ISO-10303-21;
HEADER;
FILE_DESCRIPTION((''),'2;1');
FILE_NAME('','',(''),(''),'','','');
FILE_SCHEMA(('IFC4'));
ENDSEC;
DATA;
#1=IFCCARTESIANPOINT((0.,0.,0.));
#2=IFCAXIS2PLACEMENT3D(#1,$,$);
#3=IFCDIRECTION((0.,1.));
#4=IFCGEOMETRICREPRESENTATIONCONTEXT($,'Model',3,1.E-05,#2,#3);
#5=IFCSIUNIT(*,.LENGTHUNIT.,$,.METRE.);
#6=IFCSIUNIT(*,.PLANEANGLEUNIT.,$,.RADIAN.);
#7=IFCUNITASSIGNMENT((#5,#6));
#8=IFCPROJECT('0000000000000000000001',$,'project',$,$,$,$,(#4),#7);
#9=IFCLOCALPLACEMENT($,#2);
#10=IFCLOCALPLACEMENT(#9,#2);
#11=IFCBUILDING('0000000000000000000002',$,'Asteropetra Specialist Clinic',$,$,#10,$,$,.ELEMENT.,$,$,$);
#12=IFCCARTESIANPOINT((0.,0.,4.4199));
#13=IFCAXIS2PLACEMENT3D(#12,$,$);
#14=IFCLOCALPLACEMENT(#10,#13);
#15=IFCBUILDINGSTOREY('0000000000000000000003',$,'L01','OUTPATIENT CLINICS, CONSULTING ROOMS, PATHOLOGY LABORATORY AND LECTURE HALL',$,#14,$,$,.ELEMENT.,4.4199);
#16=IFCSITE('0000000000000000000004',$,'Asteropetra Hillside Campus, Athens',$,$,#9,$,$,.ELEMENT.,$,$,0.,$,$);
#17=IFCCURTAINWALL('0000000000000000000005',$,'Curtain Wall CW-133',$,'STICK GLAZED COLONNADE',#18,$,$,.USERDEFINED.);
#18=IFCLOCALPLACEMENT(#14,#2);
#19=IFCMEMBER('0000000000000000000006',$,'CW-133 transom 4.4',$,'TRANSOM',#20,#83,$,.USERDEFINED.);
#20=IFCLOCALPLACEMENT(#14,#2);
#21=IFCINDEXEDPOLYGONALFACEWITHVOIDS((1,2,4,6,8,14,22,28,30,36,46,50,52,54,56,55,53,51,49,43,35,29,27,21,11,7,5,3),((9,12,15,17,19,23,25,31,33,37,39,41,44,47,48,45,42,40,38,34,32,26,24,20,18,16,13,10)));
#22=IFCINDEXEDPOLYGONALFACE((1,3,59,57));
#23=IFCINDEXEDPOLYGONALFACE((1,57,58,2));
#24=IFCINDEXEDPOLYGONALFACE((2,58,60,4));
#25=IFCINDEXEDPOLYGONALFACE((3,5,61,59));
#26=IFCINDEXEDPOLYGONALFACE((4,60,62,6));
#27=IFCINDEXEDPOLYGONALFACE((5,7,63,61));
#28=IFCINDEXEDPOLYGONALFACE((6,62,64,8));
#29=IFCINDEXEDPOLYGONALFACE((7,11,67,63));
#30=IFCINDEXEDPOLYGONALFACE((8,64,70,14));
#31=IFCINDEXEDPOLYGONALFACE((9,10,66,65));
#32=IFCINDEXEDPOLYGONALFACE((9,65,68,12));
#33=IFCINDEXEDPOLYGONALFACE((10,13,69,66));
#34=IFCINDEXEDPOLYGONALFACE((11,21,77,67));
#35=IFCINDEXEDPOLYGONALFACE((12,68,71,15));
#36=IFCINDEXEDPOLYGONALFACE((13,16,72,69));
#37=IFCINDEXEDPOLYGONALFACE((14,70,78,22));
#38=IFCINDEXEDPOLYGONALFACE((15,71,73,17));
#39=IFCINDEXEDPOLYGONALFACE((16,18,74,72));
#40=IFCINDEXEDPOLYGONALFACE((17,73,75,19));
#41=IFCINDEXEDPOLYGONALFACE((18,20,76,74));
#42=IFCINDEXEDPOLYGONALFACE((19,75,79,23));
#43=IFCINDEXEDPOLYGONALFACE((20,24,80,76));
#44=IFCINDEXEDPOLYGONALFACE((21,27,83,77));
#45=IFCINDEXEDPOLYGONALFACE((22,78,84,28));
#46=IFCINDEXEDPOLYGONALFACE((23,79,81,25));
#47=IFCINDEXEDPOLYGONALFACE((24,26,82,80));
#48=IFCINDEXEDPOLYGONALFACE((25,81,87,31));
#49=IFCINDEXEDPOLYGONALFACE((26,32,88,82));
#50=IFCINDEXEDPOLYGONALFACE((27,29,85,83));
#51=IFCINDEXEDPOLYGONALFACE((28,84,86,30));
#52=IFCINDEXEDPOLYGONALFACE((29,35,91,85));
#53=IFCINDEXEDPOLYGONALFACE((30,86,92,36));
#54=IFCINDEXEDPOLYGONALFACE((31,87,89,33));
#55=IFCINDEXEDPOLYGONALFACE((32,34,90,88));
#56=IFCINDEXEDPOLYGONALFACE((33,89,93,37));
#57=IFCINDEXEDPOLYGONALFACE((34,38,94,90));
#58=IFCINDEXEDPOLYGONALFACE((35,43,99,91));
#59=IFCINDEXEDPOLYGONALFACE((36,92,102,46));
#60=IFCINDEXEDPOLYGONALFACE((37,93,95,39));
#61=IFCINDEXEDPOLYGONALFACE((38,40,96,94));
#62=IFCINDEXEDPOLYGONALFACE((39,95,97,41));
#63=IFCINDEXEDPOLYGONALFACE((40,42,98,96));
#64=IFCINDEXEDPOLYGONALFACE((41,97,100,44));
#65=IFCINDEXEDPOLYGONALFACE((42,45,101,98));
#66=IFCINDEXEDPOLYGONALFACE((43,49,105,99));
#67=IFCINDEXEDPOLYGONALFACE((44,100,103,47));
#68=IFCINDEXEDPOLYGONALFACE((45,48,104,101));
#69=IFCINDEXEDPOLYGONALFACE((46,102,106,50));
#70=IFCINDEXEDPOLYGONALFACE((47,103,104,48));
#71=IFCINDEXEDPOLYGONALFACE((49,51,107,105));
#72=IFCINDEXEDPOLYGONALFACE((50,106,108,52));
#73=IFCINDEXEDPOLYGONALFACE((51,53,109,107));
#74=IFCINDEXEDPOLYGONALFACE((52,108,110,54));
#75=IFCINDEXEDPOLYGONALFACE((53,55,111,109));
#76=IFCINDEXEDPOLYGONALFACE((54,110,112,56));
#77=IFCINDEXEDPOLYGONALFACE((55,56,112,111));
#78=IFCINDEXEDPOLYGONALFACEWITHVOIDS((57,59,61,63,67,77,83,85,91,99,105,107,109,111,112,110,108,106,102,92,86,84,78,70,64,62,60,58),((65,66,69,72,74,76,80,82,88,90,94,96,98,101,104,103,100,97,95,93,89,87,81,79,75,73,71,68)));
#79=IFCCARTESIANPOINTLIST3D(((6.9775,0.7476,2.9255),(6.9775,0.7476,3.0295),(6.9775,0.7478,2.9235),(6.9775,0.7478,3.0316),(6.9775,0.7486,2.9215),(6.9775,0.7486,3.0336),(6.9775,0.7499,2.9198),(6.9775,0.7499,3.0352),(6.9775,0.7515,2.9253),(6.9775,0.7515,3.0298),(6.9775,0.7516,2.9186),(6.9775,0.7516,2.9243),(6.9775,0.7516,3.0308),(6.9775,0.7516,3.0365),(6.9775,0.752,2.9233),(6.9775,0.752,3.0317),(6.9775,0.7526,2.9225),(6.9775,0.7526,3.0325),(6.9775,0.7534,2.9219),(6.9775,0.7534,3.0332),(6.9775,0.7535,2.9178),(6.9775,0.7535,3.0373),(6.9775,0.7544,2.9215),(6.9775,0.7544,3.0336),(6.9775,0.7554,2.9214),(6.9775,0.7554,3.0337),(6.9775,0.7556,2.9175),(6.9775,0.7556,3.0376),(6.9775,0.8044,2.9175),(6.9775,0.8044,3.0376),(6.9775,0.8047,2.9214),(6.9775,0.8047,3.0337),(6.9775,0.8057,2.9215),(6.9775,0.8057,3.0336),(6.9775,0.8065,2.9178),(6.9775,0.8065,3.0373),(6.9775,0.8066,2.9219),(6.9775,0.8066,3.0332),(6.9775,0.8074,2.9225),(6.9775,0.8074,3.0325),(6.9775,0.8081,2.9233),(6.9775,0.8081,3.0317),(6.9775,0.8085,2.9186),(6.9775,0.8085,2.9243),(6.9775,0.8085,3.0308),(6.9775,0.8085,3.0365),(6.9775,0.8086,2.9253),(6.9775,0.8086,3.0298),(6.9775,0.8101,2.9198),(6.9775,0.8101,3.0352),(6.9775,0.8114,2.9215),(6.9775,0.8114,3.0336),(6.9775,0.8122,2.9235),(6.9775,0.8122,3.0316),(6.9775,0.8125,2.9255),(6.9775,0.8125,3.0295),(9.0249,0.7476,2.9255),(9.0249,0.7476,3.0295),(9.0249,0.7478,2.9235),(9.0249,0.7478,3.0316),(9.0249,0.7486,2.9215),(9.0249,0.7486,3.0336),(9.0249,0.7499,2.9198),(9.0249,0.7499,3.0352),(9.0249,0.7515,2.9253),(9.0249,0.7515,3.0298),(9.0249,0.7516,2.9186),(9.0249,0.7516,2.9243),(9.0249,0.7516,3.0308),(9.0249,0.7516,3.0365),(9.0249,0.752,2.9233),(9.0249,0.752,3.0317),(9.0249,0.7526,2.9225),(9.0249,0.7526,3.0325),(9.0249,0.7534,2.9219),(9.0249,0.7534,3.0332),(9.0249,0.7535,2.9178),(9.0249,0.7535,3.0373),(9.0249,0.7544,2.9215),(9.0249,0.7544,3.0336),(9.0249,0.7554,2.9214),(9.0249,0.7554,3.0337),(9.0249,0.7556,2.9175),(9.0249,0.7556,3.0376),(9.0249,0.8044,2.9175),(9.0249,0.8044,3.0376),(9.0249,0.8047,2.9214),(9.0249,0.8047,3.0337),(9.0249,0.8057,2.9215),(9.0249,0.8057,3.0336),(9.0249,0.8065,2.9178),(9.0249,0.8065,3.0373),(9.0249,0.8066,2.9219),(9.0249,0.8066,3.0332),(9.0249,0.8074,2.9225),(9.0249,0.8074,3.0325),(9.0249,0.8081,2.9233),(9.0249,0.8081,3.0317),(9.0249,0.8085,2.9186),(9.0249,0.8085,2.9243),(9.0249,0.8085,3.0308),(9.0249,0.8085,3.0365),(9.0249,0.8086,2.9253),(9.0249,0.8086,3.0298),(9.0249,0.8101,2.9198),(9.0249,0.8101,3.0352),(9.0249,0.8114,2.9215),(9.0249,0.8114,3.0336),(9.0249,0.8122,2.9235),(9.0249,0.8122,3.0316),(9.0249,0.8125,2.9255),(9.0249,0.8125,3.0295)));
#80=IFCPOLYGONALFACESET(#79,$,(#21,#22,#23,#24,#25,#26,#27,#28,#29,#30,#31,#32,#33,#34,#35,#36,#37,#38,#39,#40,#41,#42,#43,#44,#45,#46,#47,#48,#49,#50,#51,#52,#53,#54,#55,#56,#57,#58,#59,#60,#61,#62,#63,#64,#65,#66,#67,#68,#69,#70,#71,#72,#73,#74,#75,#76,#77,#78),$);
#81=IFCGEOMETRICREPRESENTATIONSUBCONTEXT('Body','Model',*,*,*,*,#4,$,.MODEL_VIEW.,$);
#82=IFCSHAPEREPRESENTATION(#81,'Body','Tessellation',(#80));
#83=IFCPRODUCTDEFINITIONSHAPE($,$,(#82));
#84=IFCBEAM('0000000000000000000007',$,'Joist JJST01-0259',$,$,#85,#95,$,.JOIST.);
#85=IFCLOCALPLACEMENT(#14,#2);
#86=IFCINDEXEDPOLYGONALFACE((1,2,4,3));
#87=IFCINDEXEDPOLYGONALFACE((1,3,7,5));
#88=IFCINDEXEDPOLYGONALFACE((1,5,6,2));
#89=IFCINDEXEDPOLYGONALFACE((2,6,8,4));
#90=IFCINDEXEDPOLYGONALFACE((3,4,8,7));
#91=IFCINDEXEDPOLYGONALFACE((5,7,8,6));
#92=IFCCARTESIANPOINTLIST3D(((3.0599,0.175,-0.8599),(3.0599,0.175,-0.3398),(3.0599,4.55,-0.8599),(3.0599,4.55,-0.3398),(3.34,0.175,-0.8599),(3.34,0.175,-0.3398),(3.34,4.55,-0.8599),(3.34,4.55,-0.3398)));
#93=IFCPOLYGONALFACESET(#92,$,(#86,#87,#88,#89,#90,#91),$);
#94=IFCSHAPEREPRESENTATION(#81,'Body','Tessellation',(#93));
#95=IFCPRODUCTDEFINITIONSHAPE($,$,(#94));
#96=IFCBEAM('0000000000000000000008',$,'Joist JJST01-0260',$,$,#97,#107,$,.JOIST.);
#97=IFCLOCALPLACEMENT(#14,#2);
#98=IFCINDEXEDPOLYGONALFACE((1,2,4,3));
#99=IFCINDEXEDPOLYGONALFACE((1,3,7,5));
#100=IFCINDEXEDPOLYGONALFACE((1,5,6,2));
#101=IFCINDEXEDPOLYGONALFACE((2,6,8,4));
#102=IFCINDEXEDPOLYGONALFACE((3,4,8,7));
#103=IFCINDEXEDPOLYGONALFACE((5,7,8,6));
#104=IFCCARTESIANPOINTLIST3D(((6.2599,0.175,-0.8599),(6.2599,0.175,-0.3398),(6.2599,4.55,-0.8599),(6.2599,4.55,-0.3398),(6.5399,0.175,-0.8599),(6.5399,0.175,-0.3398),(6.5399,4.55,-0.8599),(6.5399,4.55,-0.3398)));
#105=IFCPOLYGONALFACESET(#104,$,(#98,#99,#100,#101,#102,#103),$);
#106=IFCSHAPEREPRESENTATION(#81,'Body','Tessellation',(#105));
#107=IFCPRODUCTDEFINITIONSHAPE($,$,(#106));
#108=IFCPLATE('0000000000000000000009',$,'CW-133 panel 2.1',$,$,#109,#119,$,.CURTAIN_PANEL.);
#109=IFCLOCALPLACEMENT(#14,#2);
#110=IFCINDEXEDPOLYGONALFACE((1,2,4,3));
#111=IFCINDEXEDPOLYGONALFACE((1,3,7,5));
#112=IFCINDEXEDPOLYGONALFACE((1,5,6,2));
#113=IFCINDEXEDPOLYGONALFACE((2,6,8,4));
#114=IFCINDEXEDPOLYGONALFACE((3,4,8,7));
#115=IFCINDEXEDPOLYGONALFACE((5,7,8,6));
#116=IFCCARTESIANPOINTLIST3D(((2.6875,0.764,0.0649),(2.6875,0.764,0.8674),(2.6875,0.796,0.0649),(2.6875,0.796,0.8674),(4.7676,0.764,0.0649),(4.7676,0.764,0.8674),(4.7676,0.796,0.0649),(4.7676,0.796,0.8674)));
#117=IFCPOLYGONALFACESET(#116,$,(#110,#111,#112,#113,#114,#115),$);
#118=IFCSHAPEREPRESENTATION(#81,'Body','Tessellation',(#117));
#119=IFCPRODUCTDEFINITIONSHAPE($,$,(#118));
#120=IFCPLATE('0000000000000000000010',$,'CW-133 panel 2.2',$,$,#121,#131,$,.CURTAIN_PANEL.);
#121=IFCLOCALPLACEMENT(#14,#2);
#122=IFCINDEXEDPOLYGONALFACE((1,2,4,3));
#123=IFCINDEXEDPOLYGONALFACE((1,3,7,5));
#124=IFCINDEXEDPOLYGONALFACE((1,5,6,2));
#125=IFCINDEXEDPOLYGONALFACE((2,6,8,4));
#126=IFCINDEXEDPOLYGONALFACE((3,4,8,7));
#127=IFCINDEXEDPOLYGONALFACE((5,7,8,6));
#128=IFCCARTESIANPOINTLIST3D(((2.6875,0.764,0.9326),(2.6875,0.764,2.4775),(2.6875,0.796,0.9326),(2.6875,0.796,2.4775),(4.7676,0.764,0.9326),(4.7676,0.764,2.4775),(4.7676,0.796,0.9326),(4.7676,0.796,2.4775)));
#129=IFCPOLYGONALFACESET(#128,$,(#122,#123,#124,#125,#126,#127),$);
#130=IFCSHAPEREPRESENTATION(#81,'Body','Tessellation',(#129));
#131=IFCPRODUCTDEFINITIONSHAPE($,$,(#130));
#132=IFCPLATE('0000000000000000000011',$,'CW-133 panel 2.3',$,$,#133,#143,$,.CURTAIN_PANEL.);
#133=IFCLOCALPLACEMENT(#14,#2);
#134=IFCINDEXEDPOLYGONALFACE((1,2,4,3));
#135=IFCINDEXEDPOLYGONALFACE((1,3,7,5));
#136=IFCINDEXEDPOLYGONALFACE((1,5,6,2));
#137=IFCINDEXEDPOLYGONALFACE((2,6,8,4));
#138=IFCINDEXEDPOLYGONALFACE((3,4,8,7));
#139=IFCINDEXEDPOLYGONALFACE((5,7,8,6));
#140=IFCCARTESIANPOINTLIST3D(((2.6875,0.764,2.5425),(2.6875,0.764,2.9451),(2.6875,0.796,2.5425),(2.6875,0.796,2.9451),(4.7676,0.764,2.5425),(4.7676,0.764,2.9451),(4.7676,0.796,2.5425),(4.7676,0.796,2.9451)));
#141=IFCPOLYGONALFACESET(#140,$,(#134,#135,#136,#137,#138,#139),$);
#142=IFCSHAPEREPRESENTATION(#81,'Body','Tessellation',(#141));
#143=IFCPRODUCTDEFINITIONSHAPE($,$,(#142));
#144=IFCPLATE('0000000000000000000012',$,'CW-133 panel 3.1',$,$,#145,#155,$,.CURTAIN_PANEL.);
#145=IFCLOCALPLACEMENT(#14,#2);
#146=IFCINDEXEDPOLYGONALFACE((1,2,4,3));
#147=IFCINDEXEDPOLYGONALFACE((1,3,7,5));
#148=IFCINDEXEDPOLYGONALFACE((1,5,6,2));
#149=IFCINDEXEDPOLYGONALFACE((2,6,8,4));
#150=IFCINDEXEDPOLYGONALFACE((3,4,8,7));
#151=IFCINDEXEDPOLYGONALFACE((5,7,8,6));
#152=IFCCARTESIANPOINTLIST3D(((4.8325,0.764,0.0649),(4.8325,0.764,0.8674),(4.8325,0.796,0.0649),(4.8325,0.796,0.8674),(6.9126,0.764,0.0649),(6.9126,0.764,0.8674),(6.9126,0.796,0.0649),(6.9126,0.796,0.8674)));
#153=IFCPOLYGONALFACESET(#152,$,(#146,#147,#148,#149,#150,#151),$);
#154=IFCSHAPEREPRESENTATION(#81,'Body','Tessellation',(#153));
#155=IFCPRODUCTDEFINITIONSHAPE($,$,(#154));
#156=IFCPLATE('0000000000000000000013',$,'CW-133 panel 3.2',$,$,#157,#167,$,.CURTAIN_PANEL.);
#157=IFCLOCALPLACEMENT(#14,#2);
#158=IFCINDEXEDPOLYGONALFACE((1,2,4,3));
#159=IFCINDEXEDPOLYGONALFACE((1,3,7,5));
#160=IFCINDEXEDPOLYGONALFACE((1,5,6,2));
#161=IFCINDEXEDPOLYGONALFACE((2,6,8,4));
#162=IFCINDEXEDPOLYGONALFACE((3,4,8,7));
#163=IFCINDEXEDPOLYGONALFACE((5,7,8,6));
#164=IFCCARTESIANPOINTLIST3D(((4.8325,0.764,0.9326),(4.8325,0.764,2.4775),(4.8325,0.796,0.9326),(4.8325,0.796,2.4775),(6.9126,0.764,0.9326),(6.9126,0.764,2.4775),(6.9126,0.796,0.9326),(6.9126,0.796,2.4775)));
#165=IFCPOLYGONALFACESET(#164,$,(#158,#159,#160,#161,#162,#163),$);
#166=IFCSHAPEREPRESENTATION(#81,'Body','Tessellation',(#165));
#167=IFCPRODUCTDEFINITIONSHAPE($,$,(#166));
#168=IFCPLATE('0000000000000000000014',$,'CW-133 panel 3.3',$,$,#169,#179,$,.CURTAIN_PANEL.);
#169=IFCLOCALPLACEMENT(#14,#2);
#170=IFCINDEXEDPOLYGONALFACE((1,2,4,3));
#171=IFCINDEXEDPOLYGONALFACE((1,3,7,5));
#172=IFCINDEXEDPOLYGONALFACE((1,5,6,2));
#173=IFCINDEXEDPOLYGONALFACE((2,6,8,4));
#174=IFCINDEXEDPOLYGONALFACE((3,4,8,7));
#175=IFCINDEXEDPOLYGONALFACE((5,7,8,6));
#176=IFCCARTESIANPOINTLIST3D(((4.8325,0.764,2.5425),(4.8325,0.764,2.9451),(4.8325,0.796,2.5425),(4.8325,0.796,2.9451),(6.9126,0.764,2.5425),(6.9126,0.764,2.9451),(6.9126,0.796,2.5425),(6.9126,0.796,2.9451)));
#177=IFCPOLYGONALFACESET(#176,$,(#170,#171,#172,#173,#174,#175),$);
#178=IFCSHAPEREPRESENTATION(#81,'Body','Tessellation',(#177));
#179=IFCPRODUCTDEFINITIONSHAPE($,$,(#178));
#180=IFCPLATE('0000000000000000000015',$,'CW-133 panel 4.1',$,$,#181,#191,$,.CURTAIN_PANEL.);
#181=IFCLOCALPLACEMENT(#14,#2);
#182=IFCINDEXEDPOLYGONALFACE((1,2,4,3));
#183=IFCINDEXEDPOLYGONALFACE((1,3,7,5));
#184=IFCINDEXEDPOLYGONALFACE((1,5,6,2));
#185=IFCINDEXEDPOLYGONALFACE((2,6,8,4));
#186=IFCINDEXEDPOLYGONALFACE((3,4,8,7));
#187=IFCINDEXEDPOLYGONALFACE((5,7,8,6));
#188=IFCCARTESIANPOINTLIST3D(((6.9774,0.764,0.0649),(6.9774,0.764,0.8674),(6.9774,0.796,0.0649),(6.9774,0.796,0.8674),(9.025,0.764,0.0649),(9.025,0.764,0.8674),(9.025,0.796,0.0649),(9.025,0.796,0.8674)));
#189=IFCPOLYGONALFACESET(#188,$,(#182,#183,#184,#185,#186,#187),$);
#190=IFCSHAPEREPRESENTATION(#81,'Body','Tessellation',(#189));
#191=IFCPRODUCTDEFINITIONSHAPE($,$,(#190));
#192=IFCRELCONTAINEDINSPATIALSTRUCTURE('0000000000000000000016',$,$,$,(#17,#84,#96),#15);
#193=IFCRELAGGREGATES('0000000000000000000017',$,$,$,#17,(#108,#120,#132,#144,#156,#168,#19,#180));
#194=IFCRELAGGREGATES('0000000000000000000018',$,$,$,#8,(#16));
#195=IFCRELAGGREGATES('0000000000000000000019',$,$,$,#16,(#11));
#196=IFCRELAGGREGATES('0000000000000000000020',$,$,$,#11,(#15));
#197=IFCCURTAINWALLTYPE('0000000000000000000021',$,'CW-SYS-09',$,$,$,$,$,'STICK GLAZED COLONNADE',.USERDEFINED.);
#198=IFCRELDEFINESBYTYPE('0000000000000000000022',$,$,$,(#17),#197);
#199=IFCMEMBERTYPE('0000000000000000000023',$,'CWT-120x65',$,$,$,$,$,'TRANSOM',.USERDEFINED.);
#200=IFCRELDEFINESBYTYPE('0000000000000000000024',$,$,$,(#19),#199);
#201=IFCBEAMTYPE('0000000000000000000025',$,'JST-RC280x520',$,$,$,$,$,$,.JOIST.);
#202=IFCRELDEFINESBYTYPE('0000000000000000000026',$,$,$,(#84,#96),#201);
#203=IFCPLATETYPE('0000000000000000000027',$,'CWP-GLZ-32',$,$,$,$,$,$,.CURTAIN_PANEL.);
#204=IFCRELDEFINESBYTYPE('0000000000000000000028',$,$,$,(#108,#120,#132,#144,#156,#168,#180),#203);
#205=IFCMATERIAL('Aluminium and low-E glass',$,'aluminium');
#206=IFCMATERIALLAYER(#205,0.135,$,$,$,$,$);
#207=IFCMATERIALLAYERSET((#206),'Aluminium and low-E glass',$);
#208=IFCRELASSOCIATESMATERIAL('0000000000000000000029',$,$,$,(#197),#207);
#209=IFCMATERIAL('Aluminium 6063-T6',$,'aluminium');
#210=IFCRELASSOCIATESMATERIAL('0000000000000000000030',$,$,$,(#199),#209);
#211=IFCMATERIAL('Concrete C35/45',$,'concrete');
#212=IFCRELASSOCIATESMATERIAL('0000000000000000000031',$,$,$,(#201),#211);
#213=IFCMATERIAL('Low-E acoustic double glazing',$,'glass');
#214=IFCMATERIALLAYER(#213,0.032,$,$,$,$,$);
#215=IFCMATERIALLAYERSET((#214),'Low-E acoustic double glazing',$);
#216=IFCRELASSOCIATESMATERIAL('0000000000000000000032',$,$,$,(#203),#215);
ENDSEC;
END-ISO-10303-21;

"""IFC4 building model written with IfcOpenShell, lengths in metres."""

from ifc_helpers import new_model, si_unit, direction, frame, origin, origin_2d, place, context, subcontext, project, spatial, rectangle, hollow_rectangle, extrude, material, layer, layer_set, material_profile, profile_set, type_object, element, aggregate, save


model = new_model("IFC4")

# Units and contexts
model_context = context("Model", 3, precision=1e-05, world=origin(), true_north=direction((0.0, 1.0)))
body_context = subcontext(model_context, "Body", "Model", "MODEL_VIEW")
ifc_project = project(units=[si_unit("LENGTHUNIT", "METRE"), si_unit("PLANEANGLEUNIT", "RADIAN")], contexts=[model_context])

# Site, building, storey
site_placement = place(None, origin())
site = spatial("IfcSite", under=ifc_project, at=site_placement, Name="Asteropetra Hillside Campus, Athens", CompositionType="ELEMENT", RefElevation=0.0)
building_placement = place(site_placement, origin())
building = spatial("IfcBuilding", under=site, at=building_placement, Name="Asteropetra Specialist Clinic", CompositionType="ELEMENT")
storey_placement = place(building_placement, frame((0.0, 0.0, 4.4199)))
storey = spatial("IfcBuildingStorey", under=building, at=storey_placement, Name="L01", Description="OUTPATIENT CLINICS, CONSULTING ROOMS, PATHOLOGY LABORATORY AND LECTURE HALL", CompositionType="ELEMENT", Elevation=4.4199)

# Curtain wall, member
ifc_material_1 = material(Name="Aluminium and low-E glass", Category="aluminium")
ifc_layer_1 = layer(ifc_material_1, 0.135)
ifc_layer_set_1 = layer_set([ifc_layer_1], Name="Aluminium and low-E glass")
curtain_wall_type = type_object("IfcCurtainWallType", Name="CW-SYS-09", ElementType="STICK GLAZED COLONNADE", PredefinedType="USERDEFINED", material=ifc_layer_set_1)
curtain_wall_placement = place(storey_placement, origin())
curtain_wall = element("IfcCurtainWall", 1, at=curtain_wall_placement, inside=storey, type_object=curtain_wall_type, Name="Curtain Wall CW-133", ObjectType="STICK GLAZED COLONNADE", PredefinedType="USERDEFINED")
ifc_material_2 = material(Name="Aluminium 6063-T6", Category="aluminium")
ifc_material_profile_1 = material_profile(ifc_material_2, hollow_rectangle(XDim=0.0649, YDim=0.1201, WallThickness=0.0039, InnerFilletRadius=0.0039, OuterFilletRadius=0.0081, at=origin_2d()), Name="TRN 120x65x4.0")
ifc_profile_set_1 = profile_set([ifc_material_profile_1], Name="Aluminium 6063-T6")
member_type_1 = type_object("IfcMemberType", Name="CWT-120x65", ElementType="TRANSOM", PredefinedType="USERDEFINED", material=ifc_profile_set_1)
member_1_placement = place(storey_placement, frame((6.9775, 0.78, 2.9775), z_axis=(1.0, 0.0, 0.0), x_axis=(0.0, 1.0, 0.0)))
member_1 = element("IfcMember", 2, at=member_1_placement, type_object=member_type_1, Name="CW-133 transom 4.4", ObjectType="TRANSOM", PredefinedType="USERDEFINED", context=body_context, shape_type="SweptSolid", body=[
    extrude(hollow_rectangle(XDim=0.0649, YDim=0.1201, WallThickness=0.0039, InnerFilletRadius=0.0039, OuterFilletRadius=0.0081, at=origin_2d()), origin(), (0.0, 0.0, 1.0), 2.0474),
])

# Beams
ifc_material_3 = material(Name="Concrete C35/45", Category="concrete")
ifc_material_profile_2 = material_profile(ifc_material_3, rectangle(XDim=0.28, YDim=0.52, at=origin_2d()), Name="RCJ 280x520")
ifc_profile_set_2 = profile_set([ifc_material_profile_2], Name="Concrete C35/45")
beam_type = type_object("IfcBeamType", Name="JST-RC280x520", PredefinedType="JOIST", material=ifc_profile_set_2)
for number, where, z_axis, x_axis, name in (
    (3, (3.2, 0.175, -0.5999), (0.0, 1.0, 0.0), (-1.0, 0.0, 0.0), "Joist JJST01-0259"),
    (4, (6.3999, 0.175, -0.5999), (0.0, 1.0, 0.0), (-1.0, 0.0, 0.0), "Joist JJST01-0260"),
):
    element("IfcBeam", number, at=place(storey_placement, frame(where, z_axis=z_axis, x_axis=x_axis)), inside=storey, type_object=beam_type, Name=name, PredefinedType="JOIST", context=body_context, shape_type="SweptSolid", body=[
        extrude(rectangle(XDim=0.28, YDim=0.52, at=origin_2d()), origin(), (0.0, 0.0, 1.0), 4.375),
    ])

# Plates
ifc_material_4 = material(Name="Low-E acoustic double glazing", Category="glass")
ifc_layer_2 = layer(ifc_material_4, 0.032)
ifc_layer_set_2 = layer_set([ifc_layer_2], Name="Low-E acoustic double glazing")
plate_type = type_object("IfcPlateType", Name="CWP-GLZ-32", PredefinedType="CURTAIN_PANEL", material=ifc_layer_set_2)
plate_1_placement = place(storey_placement, frame((3.7275, 0.78, 0.0649), z_axis=(0.0, 0.0, 1.0), x_axis=(1.0, 0.0, 0.0)))
plate_1 = element("IfcPlate", 5, at=plate_1_placement, type_object=plate_type, Name="CW-133 panel 2.1", PredefinedType="CURTAIN_PANEL", context=body_context, shape_type="SweptSolid", body=[
    extrude(rectangle(XDim=2.0801, YDim=0.032, at=origin_2d()), origin(), (0.0, 0.0, 1.0), 0.8025),
])
plate_2_placement = place(storey_placement, frame((3.7275, 0.78, 0.9326), z_axis=(0.0, 0.0, 1.0), x_axis=(1.0, 0.0, 0.0)))
plate_2 = element("IfcPlate", 6, at=plate_2_placement, type_object=plate_type, Name="CW-133 panel 2.2", PredefinedType="CURTAIN_PANEL", context=body_context, shape_type="SweptSolid", body=[
    extrude(rectangle(XDim=2.0801, YDim=0.032, at=origin_2d()), origin(), (0.0, 0.0, 1.0), 1.5449),
])
plate_3_placement = place(storey_placement, frame((3.7275, 0.78, 2.5425), z_axis=(0.0, 0.0, 1.0), x_axis=(1.0, 0.0, 0.0)))
plate_3 = element("IfcPlate", 7, at=plate_3_placement, type_object=plate_type, Name="CW-133 panel 2.3", PredefinedType="CURTAIN_PANEL", context=body_context, shape_type="SweptSolid", body=[
    extrude(rectangle(XDim=2.0801, YDim=0.032, at=origin_2d()), origin(), (0.0, 0.0, 1.0), 0.4026),
])
plate_4_placement = place(storey_placement, frame((5.8726, 0.78, 0.0649), z_axis=(0.0, 0.0, 1.0), x_axis=(1.0, 0.0, 0.0)))
plate_4 = element("IfcPlate", 8, at=plate_4_placement, type_object=plate_type, Name="CW-133 panel 3.1", PredefinedType="CURTAIN_PANEL", context=body_context, shape_type="SweptSolid", body=[
    extrude(rectangle(XDim=2.0801, YDim=0.032, at=origin_2d()), origin(), (0.0, 0.0, 1.0), 0.8025),
])
plate_5_placement = place(storey_placement, frame((5.8726, 0.78, 0.9326), z_axis=(0.0, 0.0, 1.0), x_axis=(1.0, 0.0, 0.0)))
plate_5 = element("IfcPlate", 9, at=plate_5_placement, type_object=plate_type, Name="CW-133 panel 3.2", PredefinedType="CURTAIN_PANEL", context=body_context, shape_type="SweptSolid", body=[
    extrude(rectangle(XDim=2.0801, YDim=0.032, at=origin_2d()), origin(), (0.0, 0.0, 1.0), 1.5449),
])
plate_6_placement = place(storey_placement, frame((5.8726, 0.78, 2.5425), z_axis=(0.0, 0.0, 1.0), x_axis=(1.0, 0.0, 0.0)))
plate_6 = element("IfcPlate", 10, at=plate_6_placement, type_object=plate_type, Name="CW-133 panel 3.3", PredefinedType="CURTAIN_PANEL", context=body_context, shape_type="SweptSolid", body=[
    extrude(rectangle(XDim=2.0801, YDim=0.032, at=origin_2d()), origin(), (0.0, 0.0, 1.0), 0.4026),
])
plate_7_placement = place(storey_placement, frame((8.0012, 0.78, 0.0649), z_axis=(0.0, 0.0, 1.0), x_axis=(1.0, 0.0, 0.0)))
plate_7 = element("IfcPlate", 11, at=plate_7_placement, type_object=plate_type, Name="CW-133 panel 4.1", PredefinedType="CURTAIN_PANEL", context=body_context, shape_type="SweptSolid", body=[
    extrude(rectangle(XDim=2.0476, YDim=0.032, at=origin_2d()), origin(), (0.0, 0.0, 1.0), 0.8025),
])
aggregate(curtain_wall, [plate_1, plate_2, plate_3, plate_4, plate_5, plate_6, member_1, plate_7])

save(model, "model.ifc")
